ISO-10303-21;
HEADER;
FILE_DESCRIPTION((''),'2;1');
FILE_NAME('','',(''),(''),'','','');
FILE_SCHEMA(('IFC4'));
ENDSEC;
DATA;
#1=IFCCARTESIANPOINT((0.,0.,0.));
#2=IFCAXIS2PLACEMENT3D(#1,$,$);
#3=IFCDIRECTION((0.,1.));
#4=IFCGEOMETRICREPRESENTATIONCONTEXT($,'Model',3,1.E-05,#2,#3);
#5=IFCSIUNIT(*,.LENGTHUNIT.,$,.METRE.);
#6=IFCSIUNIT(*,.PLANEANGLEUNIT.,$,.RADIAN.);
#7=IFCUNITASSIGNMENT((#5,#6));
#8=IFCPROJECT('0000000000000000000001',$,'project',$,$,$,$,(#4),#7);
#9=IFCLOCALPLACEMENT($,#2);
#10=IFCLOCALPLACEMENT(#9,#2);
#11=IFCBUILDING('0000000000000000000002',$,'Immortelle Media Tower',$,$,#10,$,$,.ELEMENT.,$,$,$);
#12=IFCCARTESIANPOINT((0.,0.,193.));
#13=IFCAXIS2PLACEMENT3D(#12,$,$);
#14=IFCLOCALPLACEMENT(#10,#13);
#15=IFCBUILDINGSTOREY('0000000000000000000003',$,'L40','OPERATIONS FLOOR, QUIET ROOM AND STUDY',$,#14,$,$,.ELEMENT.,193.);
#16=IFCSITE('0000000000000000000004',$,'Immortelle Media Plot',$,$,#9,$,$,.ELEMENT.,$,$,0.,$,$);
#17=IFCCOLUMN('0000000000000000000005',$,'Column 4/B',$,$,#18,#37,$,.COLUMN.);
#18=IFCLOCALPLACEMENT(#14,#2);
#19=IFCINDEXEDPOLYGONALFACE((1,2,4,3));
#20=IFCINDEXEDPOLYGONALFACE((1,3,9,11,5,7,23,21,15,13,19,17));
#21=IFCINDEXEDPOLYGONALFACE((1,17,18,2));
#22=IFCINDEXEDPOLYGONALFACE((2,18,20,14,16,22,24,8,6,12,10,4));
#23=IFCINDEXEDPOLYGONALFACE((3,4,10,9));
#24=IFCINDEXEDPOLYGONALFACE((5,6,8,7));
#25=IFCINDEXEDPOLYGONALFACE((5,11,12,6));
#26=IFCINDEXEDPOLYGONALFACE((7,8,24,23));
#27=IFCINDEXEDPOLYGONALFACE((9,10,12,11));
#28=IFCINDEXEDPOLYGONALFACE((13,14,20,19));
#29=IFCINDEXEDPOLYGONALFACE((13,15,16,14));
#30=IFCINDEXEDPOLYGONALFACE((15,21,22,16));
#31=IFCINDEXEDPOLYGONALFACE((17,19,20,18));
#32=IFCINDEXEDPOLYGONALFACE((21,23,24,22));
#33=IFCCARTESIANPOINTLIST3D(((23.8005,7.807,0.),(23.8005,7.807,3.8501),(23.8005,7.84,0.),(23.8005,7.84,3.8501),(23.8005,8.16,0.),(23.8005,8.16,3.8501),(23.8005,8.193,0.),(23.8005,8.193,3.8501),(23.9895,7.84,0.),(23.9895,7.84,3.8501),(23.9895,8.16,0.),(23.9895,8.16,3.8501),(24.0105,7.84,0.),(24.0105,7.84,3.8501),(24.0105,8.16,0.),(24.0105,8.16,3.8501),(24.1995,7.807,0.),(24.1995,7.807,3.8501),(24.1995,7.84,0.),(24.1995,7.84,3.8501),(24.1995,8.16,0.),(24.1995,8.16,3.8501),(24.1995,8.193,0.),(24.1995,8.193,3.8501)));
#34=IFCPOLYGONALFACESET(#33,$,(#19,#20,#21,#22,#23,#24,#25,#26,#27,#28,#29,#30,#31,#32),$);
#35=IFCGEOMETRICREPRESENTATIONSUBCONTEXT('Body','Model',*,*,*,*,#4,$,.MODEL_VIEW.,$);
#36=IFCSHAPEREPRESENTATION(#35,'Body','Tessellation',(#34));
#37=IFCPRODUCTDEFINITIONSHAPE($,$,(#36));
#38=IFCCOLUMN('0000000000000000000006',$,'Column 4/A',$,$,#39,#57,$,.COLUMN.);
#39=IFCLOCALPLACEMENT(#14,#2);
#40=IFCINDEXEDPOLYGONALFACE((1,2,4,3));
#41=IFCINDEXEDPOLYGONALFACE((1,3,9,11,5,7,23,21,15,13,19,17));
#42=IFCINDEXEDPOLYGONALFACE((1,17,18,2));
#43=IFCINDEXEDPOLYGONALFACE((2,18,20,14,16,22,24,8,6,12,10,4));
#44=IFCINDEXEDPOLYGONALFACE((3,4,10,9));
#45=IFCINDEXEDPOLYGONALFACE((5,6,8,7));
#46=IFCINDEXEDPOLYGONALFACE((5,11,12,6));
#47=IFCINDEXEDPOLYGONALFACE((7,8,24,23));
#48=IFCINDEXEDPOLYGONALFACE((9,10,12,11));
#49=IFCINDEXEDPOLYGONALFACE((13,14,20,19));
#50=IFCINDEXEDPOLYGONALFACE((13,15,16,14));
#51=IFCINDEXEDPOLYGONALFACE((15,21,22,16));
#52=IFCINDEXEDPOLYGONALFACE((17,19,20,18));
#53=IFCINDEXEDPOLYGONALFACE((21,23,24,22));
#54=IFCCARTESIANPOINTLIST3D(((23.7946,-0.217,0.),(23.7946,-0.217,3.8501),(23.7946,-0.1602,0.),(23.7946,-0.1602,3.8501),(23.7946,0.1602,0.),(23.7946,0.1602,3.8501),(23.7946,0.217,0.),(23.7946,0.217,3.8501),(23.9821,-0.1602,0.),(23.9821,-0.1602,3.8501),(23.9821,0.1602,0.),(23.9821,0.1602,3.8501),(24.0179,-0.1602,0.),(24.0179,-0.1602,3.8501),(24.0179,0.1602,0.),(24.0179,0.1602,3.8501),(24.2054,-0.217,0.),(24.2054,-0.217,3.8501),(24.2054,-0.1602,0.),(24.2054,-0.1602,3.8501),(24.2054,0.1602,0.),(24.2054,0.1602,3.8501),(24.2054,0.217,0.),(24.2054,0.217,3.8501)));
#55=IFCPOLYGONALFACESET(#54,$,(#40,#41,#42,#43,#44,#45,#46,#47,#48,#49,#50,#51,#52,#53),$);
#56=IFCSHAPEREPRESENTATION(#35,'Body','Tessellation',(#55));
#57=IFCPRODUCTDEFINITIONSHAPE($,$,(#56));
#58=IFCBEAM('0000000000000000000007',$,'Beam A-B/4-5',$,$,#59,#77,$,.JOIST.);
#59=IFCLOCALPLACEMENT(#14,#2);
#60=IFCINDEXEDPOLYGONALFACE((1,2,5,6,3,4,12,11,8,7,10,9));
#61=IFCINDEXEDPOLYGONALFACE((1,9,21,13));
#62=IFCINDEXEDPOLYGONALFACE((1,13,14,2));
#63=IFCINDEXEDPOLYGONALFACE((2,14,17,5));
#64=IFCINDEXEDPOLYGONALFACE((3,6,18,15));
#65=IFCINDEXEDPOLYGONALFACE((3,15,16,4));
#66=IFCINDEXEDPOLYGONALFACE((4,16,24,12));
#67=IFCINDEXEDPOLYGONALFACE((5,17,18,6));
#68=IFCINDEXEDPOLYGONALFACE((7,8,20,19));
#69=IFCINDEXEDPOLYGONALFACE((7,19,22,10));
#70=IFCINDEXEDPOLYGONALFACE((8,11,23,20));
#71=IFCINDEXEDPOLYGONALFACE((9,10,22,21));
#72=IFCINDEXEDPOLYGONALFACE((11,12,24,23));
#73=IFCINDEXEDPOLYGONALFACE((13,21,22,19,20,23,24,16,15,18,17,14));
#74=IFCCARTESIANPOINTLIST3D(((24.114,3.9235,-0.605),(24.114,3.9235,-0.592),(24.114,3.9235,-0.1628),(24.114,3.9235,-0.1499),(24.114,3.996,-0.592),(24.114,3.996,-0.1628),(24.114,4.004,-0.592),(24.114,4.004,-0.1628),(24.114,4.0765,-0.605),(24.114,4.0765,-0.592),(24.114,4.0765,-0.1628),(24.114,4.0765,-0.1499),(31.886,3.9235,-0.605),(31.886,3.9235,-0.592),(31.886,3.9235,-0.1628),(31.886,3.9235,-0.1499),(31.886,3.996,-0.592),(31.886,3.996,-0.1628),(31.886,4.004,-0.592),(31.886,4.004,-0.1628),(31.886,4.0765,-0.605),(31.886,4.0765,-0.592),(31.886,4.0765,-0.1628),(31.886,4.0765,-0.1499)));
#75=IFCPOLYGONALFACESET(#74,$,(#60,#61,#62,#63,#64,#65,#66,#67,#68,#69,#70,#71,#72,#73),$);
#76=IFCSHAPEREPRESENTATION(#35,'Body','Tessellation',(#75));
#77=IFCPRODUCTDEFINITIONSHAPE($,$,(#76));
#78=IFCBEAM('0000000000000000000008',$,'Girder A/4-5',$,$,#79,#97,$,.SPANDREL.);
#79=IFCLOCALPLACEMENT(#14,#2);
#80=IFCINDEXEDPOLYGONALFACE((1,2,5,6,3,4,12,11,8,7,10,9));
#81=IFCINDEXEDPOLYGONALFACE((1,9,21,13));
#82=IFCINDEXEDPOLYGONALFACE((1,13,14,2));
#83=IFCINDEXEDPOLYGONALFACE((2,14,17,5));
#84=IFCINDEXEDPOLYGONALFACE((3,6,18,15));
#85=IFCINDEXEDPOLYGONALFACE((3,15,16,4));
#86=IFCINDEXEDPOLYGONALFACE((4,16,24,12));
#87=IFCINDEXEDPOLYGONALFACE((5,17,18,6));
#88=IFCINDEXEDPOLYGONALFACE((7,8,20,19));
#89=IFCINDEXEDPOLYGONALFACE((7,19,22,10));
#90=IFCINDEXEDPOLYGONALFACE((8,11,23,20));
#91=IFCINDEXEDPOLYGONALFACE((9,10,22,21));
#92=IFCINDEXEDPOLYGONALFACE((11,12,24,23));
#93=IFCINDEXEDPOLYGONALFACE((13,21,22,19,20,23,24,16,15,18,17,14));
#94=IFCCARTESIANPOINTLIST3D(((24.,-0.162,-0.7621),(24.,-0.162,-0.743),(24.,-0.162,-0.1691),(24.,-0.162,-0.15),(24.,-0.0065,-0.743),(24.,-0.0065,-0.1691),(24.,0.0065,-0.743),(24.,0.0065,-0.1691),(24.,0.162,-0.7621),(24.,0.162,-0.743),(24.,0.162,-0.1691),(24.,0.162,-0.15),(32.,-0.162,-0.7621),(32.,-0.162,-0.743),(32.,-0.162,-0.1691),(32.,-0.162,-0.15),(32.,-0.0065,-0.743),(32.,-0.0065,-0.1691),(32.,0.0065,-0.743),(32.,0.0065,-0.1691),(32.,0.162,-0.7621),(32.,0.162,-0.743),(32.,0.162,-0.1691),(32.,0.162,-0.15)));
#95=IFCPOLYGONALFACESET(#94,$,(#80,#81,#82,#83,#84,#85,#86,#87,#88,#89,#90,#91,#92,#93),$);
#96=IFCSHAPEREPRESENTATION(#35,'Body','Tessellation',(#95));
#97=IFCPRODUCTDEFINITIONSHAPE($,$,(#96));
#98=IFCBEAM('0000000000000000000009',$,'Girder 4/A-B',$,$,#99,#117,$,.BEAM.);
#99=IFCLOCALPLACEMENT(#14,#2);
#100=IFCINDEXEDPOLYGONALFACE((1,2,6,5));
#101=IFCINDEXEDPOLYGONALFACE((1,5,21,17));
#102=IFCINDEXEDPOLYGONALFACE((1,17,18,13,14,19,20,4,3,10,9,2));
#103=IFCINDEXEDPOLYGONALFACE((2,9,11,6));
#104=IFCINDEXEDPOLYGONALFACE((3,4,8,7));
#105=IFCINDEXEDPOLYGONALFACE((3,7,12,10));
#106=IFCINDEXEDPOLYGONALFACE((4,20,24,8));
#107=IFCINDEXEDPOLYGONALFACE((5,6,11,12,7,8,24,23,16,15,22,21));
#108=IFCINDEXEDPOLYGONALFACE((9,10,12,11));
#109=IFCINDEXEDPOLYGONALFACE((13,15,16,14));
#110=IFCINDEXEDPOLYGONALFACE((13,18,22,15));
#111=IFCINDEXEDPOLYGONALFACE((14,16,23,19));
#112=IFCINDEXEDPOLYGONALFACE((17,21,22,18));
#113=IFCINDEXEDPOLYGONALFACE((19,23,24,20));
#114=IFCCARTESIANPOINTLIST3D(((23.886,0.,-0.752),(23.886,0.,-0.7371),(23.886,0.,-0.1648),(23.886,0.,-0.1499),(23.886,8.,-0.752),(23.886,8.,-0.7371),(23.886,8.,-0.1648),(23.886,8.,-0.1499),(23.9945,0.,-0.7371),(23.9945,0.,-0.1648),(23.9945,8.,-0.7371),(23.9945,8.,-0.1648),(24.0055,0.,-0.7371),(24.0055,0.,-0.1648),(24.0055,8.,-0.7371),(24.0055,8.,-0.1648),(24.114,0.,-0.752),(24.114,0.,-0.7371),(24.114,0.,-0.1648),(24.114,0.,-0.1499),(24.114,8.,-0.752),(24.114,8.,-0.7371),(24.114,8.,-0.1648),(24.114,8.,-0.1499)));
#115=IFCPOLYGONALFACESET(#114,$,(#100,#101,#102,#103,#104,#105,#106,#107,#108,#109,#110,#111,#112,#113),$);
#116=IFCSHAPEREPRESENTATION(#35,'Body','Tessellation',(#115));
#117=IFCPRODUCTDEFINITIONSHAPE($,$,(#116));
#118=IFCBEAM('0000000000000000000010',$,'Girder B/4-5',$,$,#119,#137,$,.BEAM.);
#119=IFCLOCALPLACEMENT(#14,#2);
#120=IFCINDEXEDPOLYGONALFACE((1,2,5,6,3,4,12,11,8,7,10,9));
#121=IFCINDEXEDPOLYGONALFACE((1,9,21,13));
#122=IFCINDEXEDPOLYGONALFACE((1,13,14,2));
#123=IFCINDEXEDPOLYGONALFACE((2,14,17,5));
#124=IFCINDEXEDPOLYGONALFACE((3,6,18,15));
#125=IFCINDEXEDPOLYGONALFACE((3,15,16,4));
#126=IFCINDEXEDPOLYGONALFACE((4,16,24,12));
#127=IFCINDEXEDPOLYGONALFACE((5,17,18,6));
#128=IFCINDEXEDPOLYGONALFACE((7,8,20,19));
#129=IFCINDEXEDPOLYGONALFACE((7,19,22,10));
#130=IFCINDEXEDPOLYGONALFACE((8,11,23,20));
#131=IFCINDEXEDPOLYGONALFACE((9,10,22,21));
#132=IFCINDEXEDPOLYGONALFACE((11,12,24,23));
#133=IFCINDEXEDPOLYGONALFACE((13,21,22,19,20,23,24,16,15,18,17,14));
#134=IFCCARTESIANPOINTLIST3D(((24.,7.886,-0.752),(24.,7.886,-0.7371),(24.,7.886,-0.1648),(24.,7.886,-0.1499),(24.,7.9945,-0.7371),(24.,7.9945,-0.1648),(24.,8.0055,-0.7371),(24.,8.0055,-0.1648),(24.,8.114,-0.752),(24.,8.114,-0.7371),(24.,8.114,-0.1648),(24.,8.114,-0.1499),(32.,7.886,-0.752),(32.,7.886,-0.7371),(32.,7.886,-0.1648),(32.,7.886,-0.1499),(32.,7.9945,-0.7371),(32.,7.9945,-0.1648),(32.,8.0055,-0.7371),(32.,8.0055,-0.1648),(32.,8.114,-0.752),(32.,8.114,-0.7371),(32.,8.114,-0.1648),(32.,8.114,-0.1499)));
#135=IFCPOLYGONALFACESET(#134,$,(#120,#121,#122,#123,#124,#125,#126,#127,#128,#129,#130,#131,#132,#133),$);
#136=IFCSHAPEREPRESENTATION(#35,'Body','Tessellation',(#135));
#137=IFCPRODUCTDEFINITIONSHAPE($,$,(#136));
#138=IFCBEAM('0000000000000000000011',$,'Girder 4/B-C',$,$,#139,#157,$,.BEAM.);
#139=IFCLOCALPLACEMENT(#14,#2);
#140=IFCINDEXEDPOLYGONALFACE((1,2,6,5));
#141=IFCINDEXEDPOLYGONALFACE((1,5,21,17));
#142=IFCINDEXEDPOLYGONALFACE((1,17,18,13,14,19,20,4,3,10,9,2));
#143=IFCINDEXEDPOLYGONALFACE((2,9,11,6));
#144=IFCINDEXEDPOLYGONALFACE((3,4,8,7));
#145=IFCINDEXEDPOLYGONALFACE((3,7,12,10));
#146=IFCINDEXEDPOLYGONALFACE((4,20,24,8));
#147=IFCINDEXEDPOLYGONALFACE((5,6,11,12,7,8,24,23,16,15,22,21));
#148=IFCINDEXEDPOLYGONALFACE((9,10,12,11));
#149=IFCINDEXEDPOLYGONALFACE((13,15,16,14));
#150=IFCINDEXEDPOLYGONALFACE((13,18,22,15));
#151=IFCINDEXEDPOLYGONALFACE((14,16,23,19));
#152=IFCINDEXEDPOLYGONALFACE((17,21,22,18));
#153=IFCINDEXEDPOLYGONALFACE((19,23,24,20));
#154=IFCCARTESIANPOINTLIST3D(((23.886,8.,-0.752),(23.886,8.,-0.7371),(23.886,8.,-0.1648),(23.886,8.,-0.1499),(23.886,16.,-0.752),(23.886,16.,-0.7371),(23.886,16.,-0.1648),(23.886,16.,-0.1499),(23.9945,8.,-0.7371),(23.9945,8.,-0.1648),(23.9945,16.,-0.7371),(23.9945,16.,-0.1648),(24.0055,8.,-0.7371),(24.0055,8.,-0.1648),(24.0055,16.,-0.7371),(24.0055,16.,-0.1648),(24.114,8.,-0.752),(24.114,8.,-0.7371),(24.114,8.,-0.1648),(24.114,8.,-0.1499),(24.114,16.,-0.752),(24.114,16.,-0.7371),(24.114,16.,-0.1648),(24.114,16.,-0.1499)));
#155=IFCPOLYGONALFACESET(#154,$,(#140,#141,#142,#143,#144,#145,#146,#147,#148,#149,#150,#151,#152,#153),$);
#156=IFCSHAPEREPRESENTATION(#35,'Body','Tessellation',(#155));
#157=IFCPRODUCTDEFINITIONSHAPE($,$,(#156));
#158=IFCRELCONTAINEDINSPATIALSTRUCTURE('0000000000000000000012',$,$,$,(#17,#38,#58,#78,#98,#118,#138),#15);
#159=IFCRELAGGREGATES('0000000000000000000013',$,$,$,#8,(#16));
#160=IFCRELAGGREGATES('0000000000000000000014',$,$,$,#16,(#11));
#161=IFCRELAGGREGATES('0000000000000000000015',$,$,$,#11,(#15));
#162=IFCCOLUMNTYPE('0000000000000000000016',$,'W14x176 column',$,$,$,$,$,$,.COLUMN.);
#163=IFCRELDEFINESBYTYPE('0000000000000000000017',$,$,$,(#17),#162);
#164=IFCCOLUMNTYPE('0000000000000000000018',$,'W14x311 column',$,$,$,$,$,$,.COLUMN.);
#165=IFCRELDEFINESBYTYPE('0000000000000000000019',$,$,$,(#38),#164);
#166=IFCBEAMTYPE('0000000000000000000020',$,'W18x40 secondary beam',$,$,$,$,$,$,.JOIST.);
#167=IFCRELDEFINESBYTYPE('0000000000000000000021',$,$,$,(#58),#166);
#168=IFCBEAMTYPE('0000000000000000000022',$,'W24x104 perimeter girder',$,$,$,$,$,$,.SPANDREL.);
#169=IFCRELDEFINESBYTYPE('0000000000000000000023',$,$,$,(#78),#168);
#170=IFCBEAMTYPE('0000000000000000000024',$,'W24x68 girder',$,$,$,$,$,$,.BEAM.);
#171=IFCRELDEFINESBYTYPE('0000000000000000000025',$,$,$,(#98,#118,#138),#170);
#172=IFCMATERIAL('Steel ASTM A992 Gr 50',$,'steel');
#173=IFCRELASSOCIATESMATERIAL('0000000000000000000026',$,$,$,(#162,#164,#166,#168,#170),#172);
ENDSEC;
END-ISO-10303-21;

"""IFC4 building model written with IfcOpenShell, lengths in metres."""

from ifc_helpers import new_model, si_unit, direction, frame, origin, origin_2d, place, context, subcontext, project, spatial, i_section, extrude, material, material_profile, profile_set, type_object, element, save


model = new_model("IFC4")

# Units and contexts
model_context = context("Model", 3, precision=1e-05, world=origin(), true_north=direction((0.0, 1.0)))
body_context = subcontext(model_context, "Body", "Model", "MODEL_VIEW")
ifc_project = project(units=[si_unit("LENGTHUNIT", "METRE"), si_unit("PLANEANGLEUNIT", "RADIAN")], contexts=[model_context])

# Site, building, storey
site_placement = place(None, origin())
site = spatial("IfcSite", under=ifc_project, at=site_placement, Name="Immortelle Media Plot", CompositionType="ELEMENT", RefElevation=0.0)
building_placement = place(site_placement, origin())
building = spatial("IfcBuilding", under=site, at=building_placement, Name="Immortelle Media Tower", CompositionType="ELEMENT")
storey_placement = place(building_placement, frame((0.0, 0.0, 193.0)))
storey = spatial("IfcBuildingStorey", under=building, at=storey_placement, Name="L40", Description="OPERATIONS FLOOR, QUIET ROOM AND STUDY", CompositionType="ELEMENT", Elevation=193.0)

# Columns
ifc_material_1 = material(Name="Steel ASTM A992 Gr 50", Category="steel")
ifc_material_profile_1 = material_profile(ifc_material_1, i_section(OverallWidth=0.3989, OverallDepth=0.386, WebThickness=0.021, FlangeThickness=0.033, at=origin_2d()), Name="W14x176")
ifc_profile_set_1 = profile_set([ifc_material_profile_1], Name="Steel ASTM A992 Gr 50")
column_type_1 = type_object("IfcColumnType", Name="W14x176 column", PredefinedType="COLUMN", material=ifc_profile_set_1)
column_1_placement = place(storey_placement, frame((24.0, 8.0, 0.0), z_axis=(0.0, 0.0, 1.0), x_axis=(1.0, 0.0, 0.0)))
element("IfcColumn", 1, at=column_1_placement, inside=storey, type_object=column_type_1, Name="Column 4/B", PredefinedType="COLUMN", context=body_context, shape_type="SweptSolid", body=[
    extrude(i_section(OverallWidth=0.3989, OverallDepth=0.386, WebThickness=0.021, FlangeThickness=0.033, at=origin_2d()), origin(), (0.0, 0.0, 1.0), 3.8501),
])
ifc_material_profile_2 = material_profile(ifc_material_1, i_section(OverallWidth=0.4109, OverallDepth=0.4341, WebThickness=0.0359, FlangeThickness=0.0569, at=origin_2d()), Name="W14x311")
ifc_profile_set_2 = profile_set([ifc_material_profile_2], Name="Steel ASTM A992 Gr 50")
column_type_2 = type_object("IfcColumnType", Name="W14x311 column", PredefinedType="COLUMN", material=ifc_profile_set_2)
column_2_placement = place(storey_placement, frame((24.0, 0.0, 0.0), z_axis=(0.0, 0.0, 1.0), x_axis=(1.0, 0.0, 0.0)))
element("IfcColumn", 2, at=column_2_placement, inside=storey, type_object=column_type_2, Name="Column 4/A", PredefinedType="COLUMN", context=body_context, shape_type="SweptSolid", body=[
    extrude(i_section(OverallWidth=0.4109, OverallDepth=0.4341, WebThickness=0.0359, FlangeThickness=0.0569, at=origin_2d()), origin(), (0.0, 0.0, 1.0), 3.8501),
])

# Beams
ifc_material_profile_3 = material_profile(ifc_material_1, i_section(OverallWidth=0.1531, OverallDepth=0.4551, WebThickness=0.0081, FlangeThickness=0.0129, at=origin_2d()), Name="W18x40")
ifc_profile_set_3 = profile_set([ifc_material_profile_3], Name="Steel ASTM A992 Gr 50")
beam_type_1 = type_object("IfcBeamType", Name="W18x40 secondary beam", PredefinedType="JOIST", material=ifc_profile_set_3)
beam_1_placement = place(storey_placement, frame((24.114, 4.0, -0.3774), z_axis=(1.0, 0.0, 0.0), x_axis=(0.0, 1.0, 0.0)))
element("IfcBeam", 3, at=beam_1_placement, inside=storey, type_object=beam_type_1, Name="Beam A-B/4-5", PredefinedType="JOIST", context=body_context, shape_type="SweptSolid", body=[
    extrude(i_section(OverallWidth=0.1531, OverallDepth=0.4551, WebThickness=0.0081, FlangeThickness=0.0129, at=origin_2d()), origin(), (0.0, 0.0, 1.0), 7.772),
])
ifc_material_profile_4 = material_profile(ifc_material_1, i_section(OverallWidth=0.324, OverallDepth=0.6121, WebThickness=0.0129, FlangeThickness=0.019, at=origin_2d()), Name="W24x104")
ifc_profile_set_4 = profile_set([ifc_material_profile_4], Name="Steel ASTM A992 Gr 50")
beam_type_2 = type_object("IfcBeamType", Name="W24x104 perimeter girder", PredefinedType="SPANDREL", material=ifc_profile_set_4)
beam_2_placement = place(storey_placement, frame((24.0, 0.0, -0.4561), z_axis=(1.0, 0.0, 0.0), x_axis=(0.0, 1.0, 0.0)))
element("IfcBeam", 4, at=beam_2_placement, inside=storey, type_object=beam_type_2, Name="Girder A/4-5", PredefinedType="SPANDREL", context=body_context, shape_type="SweptSolid", body=[
    extrude(i_section(OverallWidth=0.324, OverallDepth=0.6121, WebThickness=0.0129, FlangeThickness=0.019, at=origin_2d()), origin(), (0.0, 0.0, 1.0), 8.0),
])
ifc_material_profile_5 = material_profile(ifc_material_1, i_section(OverallWidth=0.228, OverallDepth=0.6021, WebThickness=0.011, FlangeThickness=0.0149, at=origin_2d()), Name="W24x68")
ifc_profile_set_5 = profile_set([ifc_material_profile_5], Name="Steel ASTM A992 Gr 50")
beam_type_3 = type_object("IfcBeamType", Name="W24x68 girder", PredefinedType="BEAM", material=ifc_profile_set_5)
for number, where, z_axis, x_axis, name in (
    (5, (24.0, 0.0, -0.4509), (0.0, 1.0, 0.0), (-1.0, 0.0, 0.0), "Girder 4/A-B"),
    (6, (24.0, 8.0, -0.4509), (1.0, 0.0, 0.0), (0.0, 1.0, 0.0), "Girder B/4-5"),
    (7, (24.0, 8.0, -0.4509), (0.0, 1.0, 0.0), (-1.0, 0.0, 0.0), "Girder 4/B-C"),
):
    element("IfcBeam", number, at=place(storey_placement, frame(where, z_axis=z_axis, x_axis=x_axis)), inside=storey, type_object=beam_type_3, Name=name, PredefinedType="BEAM", context=body_context, shape_type="SweptSolid", body=[
        extrude(i_section(OverallWidth=0.228, OverallDepth=0.6021, WebThickness=0.011, FlangeThickness=0.0149, at=origin_2d()), origin(), (0.0, 0.0, 1.0), 8.0),
    ])

save(model, "model.ifc")
